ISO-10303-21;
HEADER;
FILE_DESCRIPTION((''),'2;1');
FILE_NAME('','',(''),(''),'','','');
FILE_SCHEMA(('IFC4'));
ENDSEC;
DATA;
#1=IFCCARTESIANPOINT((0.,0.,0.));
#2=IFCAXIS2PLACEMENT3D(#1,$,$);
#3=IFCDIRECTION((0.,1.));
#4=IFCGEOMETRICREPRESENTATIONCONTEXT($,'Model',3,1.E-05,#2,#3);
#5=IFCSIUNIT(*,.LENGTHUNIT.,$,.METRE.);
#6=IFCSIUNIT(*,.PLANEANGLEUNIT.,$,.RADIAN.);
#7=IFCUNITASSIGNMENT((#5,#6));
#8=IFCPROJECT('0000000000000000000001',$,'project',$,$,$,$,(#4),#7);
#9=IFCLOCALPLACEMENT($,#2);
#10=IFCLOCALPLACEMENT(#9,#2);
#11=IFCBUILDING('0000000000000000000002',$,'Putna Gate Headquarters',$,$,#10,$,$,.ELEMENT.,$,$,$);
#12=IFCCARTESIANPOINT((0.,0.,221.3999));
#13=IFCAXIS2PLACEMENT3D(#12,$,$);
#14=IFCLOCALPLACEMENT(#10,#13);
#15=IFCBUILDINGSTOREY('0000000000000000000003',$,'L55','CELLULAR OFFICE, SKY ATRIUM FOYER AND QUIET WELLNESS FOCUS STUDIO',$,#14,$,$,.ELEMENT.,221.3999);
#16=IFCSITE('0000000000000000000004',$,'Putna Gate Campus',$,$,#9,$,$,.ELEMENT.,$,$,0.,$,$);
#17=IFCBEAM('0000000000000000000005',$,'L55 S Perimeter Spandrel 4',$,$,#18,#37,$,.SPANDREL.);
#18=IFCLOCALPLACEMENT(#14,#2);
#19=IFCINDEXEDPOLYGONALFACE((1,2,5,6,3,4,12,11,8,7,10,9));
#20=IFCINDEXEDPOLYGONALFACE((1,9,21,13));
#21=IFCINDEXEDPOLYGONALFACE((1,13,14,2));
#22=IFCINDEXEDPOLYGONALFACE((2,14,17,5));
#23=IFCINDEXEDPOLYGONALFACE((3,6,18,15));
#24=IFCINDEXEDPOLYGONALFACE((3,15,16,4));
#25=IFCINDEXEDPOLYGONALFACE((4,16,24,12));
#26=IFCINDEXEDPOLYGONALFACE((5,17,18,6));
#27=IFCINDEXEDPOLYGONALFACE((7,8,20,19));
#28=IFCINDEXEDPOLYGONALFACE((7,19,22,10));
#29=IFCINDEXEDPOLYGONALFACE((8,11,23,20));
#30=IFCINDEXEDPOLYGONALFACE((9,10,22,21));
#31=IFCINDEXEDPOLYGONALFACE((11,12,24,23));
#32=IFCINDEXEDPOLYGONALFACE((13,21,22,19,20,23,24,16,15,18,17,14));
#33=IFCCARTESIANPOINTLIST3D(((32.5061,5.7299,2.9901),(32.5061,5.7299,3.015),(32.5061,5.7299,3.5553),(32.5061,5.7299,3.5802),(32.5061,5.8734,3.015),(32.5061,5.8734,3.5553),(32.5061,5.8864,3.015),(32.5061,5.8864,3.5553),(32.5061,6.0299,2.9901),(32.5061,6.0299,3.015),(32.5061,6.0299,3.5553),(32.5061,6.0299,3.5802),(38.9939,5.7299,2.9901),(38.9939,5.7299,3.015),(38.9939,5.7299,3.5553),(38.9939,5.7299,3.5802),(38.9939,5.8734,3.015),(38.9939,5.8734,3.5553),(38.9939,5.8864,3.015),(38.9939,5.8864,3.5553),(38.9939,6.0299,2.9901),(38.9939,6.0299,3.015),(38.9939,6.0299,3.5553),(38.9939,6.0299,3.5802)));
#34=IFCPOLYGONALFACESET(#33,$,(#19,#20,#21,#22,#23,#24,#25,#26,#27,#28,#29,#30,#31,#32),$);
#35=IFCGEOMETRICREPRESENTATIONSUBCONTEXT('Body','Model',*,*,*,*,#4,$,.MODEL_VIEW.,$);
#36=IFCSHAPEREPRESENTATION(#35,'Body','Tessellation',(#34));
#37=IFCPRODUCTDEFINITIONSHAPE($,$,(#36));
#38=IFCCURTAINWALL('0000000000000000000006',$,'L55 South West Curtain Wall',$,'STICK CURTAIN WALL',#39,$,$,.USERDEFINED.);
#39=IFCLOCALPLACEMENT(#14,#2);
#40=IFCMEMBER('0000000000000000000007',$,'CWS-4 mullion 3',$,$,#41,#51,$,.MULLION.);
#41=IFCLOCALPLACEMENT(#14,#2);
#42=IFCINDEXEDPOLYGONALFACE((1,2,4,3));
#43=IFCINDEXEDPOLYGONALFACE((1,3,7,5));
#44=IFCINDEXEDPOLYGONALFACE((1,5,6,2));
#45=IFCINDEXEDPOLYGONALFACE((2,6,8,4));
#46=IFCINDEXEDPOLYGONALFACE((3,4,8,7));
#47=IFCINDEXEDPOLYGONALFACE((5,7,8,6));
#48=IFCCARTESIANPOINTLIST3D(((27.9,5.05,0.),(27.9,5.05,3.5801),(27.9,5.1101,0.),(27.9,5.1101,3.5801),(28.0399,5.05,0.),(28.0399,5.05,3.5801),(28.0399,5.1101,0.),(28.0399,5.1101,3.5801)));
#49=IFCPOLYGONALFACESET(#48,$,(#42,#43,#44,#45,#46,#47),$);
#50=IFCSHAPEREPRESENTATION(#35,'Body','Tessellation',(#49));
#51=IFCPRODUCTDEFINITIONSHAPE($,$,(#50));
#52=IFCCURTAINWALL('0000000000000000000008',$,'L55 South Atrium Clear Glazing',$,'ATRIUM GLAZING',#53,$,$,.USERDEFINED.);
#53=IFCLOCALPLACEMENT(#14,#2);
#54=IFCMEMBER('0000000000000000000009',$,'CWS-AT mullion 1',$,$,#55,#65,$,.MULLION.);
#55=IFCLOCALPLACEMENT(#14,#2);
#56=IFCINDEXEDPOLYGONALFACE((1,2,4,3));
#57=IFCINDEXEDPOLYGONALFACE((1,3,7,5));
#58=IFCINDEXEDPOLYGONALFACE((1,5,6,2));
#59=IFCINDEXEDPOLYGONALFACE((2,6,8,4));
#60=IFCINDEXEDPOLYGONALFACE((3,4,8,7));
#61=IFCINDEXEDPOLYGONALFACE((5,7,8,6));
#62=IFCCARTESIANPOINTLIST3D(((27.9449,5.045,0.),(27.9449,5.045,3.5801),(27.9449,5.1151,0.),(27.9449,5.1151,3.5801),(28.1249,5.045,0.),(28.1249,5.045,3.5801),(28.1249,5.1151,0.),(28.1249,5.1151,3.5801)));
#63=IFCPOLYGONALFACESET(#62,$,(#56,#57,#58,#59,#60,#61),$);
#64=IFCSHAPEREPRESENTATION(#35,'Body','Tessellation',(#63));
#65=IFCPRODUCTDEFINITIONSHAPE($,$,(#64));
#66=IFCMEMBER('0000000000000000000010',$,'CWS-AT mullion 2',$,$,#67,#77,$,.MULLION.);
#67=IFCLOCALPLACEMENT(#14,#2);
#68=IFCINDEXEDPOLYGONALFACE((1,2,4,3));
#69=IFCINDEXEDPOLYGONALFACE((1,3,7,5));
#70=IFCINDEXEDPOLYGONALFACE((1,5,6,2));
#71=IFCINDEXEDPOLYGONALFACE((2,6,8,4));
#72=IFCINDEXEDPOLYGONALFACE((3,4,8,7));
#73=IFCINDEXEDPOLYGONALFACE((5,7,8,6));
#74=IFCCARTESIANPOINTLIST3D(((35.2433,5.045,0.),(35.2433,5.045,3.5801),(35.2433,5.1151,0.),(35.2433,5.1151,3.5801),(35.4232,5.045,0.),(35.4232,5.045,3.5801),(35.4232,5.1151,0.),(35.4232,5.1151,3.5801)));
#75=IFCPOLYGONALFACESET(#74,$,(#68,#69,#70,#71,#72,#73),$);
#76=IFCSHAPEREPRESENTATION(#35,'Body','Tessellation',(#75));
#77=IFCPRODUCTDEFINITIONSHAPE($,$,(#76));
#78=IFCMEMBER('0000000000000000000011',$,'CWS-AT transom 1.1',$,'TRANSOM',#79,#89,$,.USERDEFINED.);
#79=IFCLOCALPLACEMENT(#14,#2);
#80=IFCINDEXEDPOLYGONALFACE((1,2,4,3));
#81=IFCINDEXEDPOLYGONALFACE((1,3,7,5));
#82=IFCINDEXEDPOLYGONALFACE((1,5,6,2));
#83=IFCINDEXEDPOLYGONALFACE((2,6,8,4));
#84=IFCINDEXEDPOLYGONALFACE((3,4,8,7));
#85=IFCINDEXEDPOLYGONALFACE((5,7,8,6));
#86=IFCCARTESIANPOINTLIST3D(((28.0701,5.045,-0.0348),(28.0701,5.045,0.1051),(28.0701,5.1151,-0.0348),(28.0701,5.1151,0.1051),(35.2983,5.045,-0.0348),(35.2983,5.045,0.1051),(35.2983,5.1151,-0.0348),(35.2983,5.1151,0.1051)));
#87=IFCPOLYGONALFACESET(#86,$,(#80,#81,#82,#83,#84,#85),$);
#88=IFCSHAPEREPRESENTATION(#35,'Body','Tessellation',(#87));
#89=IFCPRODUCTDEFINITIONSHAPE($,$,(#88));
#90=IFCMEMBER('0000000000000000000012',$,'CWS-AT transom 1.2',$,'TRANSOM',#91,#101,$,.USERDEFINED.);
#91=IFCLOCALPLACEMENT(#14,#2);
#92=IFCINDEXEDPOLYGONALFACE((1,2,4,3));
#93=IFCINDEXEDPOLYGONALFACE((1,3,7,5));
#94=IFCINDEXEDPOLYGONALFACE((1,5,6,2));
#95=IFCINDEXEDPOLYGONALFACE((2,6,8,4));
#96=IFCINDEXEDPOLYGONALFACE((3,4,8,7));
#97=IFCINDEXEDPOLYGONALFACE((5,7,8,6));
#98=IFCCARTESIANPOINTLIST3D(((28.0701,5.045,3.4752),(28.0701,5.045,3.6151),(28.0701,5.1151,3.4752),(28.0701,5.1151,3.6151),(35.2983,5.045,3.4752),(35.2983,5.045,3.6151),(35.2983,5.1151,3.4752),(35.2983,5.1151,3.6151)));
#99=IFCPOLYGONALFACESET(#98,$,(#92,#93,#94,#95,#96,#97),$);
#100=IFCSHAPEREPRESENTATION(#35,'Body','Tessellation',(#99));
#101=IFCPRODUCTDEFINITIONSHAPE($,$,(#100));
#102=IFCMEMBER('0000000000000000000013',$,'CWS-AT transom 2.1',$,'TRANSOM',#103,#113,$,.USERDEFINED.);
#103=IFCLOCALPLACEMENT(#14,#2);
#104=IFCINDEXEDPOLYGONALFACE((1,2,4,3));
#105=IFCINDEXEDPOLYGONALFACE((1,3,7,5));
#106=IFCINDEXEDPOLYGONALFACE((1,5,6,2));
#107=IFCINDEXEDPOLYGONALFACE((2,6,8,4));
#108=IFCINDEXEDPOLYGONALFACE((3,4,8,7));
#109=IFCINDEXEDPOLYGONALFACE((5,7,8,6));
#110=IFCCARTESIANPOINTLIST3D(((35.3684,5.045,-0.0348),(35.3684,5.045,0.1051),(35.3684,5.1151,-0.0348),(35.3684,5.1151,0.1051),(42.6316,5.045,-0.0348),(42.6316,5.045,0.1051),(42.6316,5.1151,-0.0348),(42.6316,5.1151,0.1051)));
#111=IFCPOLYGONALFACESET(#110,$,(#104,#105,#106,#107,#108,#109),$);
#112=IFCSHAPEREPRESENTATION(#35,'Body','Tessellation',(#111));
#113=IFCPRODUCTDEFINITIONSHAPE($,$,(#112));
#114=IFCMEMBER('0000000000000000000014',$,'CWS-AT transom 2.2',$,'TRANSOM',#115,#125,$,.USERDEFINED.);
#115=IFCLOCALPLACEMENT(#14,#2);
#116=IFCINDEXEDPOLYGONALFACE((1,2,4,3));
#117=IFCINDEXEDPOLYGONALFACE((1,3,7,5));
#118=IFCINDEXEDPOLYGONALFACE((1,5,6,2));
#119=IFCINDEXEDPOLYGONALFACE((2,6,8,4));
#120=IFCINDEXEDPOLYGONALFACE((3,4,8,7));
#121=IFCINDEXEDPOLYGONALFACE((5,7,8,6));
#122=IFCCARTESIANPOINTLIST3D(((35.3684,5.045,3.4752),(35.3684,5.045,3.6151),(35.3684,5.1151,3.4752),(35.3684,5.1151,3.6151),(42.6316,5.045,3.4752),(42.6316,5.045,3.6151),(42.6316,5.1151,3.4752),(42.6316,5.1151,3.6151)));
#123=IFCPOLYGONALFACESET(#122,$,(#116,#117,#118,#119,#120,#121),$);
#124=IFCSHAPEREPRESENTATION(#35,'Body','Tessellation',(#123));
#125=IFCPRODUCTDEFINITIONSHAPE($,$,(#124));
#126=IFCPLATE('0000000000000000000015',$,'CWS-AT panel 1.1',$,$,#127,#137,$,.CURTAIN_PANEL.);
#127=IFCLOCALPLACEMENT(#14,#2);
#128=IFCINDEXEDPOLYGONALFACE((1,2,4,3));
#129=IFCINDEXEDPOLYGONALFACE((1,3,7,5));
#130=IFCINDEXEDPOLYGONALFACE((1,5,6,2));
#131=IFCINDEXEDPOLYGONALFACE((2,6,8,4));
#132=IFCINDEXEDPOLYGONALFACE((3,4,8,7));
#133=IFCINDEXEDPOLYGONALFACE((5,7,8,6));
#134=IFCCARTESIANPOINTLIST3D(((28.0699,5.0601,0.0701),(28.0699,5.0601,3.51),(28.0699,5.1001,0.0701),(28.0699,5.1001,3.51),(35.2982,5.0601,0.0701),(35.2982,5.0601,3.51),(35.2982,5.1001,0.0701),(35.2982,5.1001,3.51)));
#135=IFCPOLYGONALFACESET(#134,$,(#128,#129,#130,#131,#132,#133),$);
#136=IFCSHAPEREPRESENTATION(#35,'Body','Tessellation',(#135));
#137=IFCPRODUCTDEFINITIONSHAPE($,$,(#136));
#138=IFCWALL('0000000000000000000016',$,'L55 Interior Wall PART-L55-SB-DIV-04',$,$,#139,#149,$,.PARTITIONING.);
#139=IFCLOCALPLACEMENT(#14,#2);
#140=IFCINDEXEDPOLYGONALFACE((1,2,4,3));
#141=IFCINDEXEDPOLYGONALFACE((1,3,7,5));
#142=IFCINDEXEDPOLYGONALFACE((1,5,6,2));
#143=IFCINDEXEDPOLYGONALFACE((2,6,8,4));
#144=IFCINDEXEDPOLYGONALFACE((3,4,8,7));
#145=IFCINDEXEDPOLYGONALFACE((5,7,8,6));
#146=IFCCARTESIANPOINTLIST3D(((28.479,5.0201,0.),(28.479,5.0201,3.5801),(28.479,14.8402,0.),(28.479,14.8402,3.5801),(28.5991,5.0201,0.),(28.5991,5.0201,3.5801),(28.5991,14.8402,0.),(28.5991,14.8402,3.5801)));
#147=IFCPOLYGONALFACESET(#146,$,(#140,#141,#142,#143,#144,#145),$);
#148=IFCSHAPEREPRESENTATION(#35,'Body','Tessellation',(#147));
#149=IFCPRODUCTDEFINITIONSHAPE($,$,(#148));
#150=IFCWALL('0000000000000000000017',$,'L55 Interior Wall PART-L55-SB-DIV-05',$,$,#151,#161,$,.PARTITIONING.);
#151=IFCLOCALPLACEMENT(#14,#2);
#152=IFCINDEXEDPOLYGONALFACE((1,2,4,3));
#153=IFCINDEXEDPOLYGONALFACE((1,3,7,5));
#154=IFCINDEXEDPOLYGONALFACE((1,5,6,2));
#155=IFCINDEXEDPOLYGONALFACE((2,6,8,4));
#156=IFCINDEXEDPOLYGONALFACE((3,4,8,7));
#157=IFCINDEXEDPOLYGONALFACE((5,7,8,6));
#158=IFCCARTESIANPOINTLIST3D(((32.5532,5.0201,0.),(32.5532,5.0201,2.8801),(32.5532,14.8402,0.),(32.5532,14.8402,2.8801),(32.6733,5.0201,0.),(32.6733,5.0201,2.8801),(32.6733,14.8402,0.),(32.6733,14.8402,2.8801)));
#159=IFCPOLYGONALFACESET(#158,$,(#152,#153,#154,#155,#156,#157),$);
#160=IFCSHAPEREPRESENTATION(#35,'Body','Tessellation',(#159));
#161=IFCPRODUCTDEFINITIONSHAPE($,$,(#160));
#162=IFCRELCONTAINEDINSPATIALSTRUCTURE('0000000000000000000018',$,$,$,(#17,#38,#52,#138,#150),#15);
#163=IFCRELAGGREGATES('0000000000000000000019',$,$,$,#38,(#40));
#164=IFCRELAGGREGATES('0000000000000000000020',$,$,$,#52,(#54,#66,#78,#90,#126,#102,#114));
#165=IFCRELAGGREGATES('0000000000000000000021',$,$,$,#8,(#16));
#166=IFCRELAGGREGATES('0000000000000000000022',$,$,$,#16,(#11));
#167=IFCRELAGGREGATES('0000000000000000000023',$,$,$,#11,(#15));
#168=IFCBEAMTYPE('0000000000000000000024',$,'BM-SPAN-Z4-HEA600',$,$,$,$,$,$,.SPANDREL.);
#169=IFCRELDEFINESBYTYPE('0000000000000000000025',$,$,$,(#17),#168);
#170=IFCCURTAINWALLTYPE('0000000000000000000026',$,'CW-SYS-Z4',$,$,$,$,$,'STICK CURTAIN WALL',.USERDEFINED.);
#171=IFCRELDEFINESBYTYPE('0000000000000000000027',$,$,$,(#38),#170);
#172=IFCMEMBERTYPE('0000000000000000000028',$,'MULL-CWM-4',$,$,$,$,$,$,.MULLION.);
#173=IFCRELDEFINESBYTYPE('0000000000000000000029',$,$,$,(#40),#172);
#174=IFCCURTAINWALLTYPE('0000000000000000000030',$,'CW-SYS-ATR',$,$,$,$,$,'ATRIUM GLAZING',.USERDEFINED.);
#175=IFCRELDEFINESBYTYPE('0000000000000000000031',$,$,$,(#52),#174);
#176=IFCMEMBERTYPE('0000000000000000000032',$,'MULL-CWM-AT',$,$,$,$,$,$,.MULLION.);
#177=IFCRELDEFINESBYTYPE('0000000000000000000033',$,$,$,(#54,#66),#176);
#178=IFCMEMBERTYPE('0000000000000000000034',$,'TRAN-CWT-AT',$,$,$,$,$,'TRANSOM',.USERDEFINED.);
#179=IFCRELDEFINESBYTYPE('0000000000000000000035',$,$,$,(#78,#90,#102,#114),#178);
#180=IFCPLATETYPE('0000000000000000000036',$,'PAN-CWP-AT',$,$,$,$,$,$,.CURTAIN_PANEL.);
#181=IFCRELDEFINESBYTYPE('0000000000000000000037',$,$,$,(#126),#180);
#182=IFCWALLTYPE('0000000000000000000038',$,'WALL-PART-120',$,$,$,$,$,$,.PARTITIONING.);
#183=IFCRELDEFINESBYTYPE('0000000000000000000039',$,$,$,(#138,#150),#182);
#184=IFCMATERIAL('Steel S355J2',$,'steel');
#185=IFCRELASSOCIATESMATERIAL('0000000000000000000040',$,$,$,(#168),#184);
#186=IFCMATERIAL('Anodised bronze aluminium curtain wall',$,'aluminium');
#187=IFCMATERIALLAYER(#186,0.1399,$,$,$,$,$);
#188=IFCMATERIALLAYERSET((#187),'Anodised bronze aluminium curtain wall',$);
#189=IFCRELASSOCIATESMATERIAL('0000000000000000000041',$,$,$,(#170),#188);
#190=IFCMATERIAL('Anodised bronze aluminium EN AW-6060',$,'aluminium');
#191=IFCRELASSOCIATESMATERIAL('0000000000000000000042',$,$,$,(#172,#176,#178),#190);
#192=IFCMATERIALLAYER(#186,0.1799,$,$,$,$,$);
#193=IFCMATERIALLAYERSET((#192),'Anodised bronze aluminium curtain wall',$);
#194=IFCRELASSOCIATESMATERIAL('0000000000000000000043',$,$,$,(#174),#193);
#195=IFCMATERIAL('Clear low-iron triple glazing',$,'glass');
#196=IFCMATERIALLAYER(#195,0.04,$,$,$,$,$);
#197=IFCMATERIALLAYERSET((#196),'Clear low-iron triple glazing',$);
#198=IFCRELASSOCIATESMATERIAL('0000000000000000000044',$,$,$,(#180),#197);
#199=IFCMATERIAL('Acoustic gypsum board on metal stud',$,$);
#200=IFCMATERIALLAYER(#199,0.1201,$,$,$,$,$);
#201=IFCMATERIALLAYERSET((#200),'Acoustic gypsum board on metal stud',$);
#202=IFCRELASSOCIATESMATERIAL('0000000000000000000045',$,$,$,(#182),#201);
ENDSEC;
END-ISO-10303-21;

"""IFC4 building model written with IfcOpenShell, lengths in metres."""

from ifc_helpers import new_model, si_unit, direction, frame, frame_2d, origin, origin_2d, place, context, subcontext, project, spatial, rectangle, i_section, extrude, material, layer, layer_set, material_profile, profile_set, type_object, element, aggregate, save


model = new_model("IFC4")

# Units and contexts
model_context = context("Model", 3, precision=1e-05, world=origin(), true_north=direction((0.0, 1.0)))
body_context = subcontext(model_context, "Body", "Model", "MODEL_VIEW")
ifc_project = project(units=[si_unit("LENGTHUNIT", "METRE"), si_unit("PLANEANGLEUNIT", "RADIAN")], contexts=[model_context])

# Site, building, storey
site_placement = place(None, origin())
site = spatial("IfcSite", under=ifc_project, at=site_placement, Name="Putna Gate Campus", CompositionType="ELEMENT", RefElevation=0.0)
building_placement = place(site_placement, origin())
building = spatial("IfcBuilding", under=site, at=building_placement, Name="Putna Gate Headquarters", CompositionType="ELEMENT")
storey_placement = place(building_placement, frame((0.0, 0.0, 221.3999)))
storey = spatial("IfcBuildingStorey", under=building, at=storey_placement, Name="L55", Description="CELLULAR OFFICE, SKY ATRIUM FOYER AND QUIET WELLNESS FOCUS STUDIO", CompositionType="ELEMENT", Elevation=221.3999)

# Beam
ifc_material_1 = material(Name="Steel S355J2", Category="steel")
ifc_material_profile_1 = material_profile(ifc_material_1, i_section(OverallWidth=0.3, OverallDepth=0.5901, WebThickness=0.0129, FlangeThickness=0.0249, at=origin_2d()), Name="Steel S355J2")
ifc_profile_set_1 = profile_set([ifc_material_profile_1], Name="Steel S355J2")
beam_type_1 = type_object("IfcBeamType", Name="BM-SPAN-Z4-HEA600", PredefinedType="SPANDREL", material=ifc_profile_set_1)
beam_1_placement = place(storey_placement, frame((32.5061, 5.8799, 3.2852), z_axis=(1.0, 0.0, 0.0), x_axis=(0.0, 1.0, 0.0)))
element("IfcBeam", 1, at=beam_1_placement, inside=storey, type_object=beam_type_1, Name="L55 S Perimeter Spandrel 4", PredefinedType="SPANDREL", context=body_context, shape_type="SweptSolid", body=[
    extrude(i_section(OverallWidth=0.3, OverallDepth=0.5901, WebThickness=0.0129, FlangeThickness=0.0249, at=origin_2d()), origin(), (0.0, 0.0, 1.0), 6.4878),
])

# Curtain wall, member
ifc_material_2 = material(Name="Anodised bronze aluminium curtain wall", Category="aluminium")
ifc_layer_1 = layer(ifc_material_2, 0.1399)
ifc_layer_set_1 = layer_set([ifc_layer_1], Name="Anodised bronze aluminium curtain wall")
curtain_wall_type_1 = type_object("IfcCurtainWallType", Name="CW-SYS-Z4", ElementType="STICK CURTAIN WALL", PredefinedType="USERDEFINED", material=ifc_layer_set_1)
curtain_wall_1_placement = place(storey_placement, origin())
curtain_wall_1 = element("IfcCurtainWall", 2, at=curtain_wall_1_placement, inside=storey, type_object=curtain_wall_type_1, Name="L55 South West Curtain Wall", ObjectType="STICK CURTAIN WALL", PredefinedType="USERDEFINED")
ifc_material_3 = material(Name="Anodised bronze aluminium EN AW-6060", Category="aluminium")
ifc_material_profile_2 = material_profile(ifc_material_3, rectangle(XDim=0.0601, YDim=0.1399, at=origin_2d()), Name="Anodised bronze aluminium EN AW-6060")
ifc_profile_set_2 = profile_set([ifc_material_profile_2], Name="Anodised bronze aluminium EN AW-6060")
member_type_1 = type_object("IfcMemberType", Name="MULL-CWM-4", PredefinedType="MULLION", material=ifc_profile_set_2)
member_1_placement = place(storey_placement, frame((27.97, 5.0801, 0.0), z_axis=(0.0, 0.0, 1.0), x_axis=(0.0, 1.0, 0.0)))
member_1 = element("IfcMember", 3, at=member_1_placement, type_object=member_type_1, Name="CWS-4 mullion 3", PredefinedType="MULLION", context=body_context, shape_type="SweptSolid", body=[
    extrude(rectangle(XDim=0.0601, YDim=0.1399, at=origin_2d()), origin(), (0.0, 0.0, 1.0), 3.5801),
])
aggregate(curtain_wall_1, [member_1])

# Curtain wall, members, plate
ifc_layer_2 = layer(ifc_material_2, 0.1799)
ifc_layer_set_2 = layer_set([ifc_layer_2], Name="Anodised bronze aluminium curtain wall")
curtain_wall_type_2 = type_object("IfcCurtainWallType", Name="CW-SYS-ATR", ElementType="ATRIUM GLAZING", PredefinedType="USERDEFINED", material=ifc_layer_set_2)
curtain_wall_2_placement = place(storey_placement, origin())
curtain_wall_2 = element("IfcCurtainWall", 4, at=curtain_wall_2_placement, inside=storey, type_object=curtain_wall_type_2, Name="L55 South Atrium Clear Glazing", ObjectType="ATRIUM GLAZING", PredefinedType="USERDEFINED")
ifc_material_profile_3 = material_profile(ifc_material_3, rectangle(XDim=0.0701, YDim=0.1799, at=origin_2d()), Name="Anodised bronze aluminium EN AW-6060")
ifc_profile_set_3 = profile_set([ifc_material_profile_3], Name="Anodised bronze aluminium EN AW-6060")
member_type_2 = type_object("IfcMemberType", Name="MULL-CWM-AT", PredefinedType="MULLION", material=ifc_profile_set_3)
member_2_placement = place(storey_placement, frame((28.0349, 5.0801, 0.0), z_axis=(0.0, 0.0, 1.0), x_axis=(0.0, 1.0, 0.0)))
member_2 = element("IfcMember", 5, at=member_2_placement, type_object=member_type_2, Name="CWS-AT mullion 1", PredefinedType="MULLION", context=body_context, shape_type="SweptSolid", body=[
    extrude(rectangle(XDim=0.0701, YDim=0.1799, at=origin_2d()), origin(), (0.0, 0.0, 1.0), 3.5801),
])
member_3_placement = place(storey_placement, frame((35.3333, 5.0801, 0.0), z_axis=(0.0, 0.0, 1.0), x_axis=(0.0, 1.0, 0.0)))
member_3 = element("IfcMember", 6, at=member_3_placement, type_object=member_type_2, Name="CWS-AT mullion 2", PredefinedType="MULLION", context=body_context, shape_type="SweptSolid", body=[
    extrude(rectangle(XDim=0.0701, YDim=0.1799, at=origin_2d()), origin(), (0.0, 0.0, 1.0), 3.5801),
])
ifc_material_profile_4 = material_profile(ifc_material_3, rectangle(XDim=0.0701, YDim=0.1399, at=origin_2d()), Name="Anodised bronze aluminium EN AW-6060")
ifc_profile_set_4 = profile_set([ifc_material_profile_4], Name="Anodised bronze aluminium EN AW-6060")
member_type_3 = type_object("IfcMemberType", Name="TRAN-CWT-AT", ElementType="TRANSOM", PredefinedType="USERDEFINED", material=ifc_profile_set_4)
member_4_placement = place(storey_placement, frame((28.0701, 5.0801, 0.0352), z_axis=(1.0, 0.0, 0.0), x_axis=(0.0, 1.0, 0.0)))
member_4 = element("IfcMember", 7, at=member_4_placement, type_object=member_type_3, Name="CWS-AT transom 1.1", ObjectType="TRANSOM", PredefinedType="USERDEFINED", context=body_context, shape_type="SweptSolid", body=[
    extrude(rectangle(XDim=0.0701, YDim=0.1399, at=origin_2d()), origin(), (0.0, 0.0, 1.0), 7.2283),
])
member_5_placement = place(storey_placement, frame((28.0701, 5.0801, 3.5452), z_axis=(1.0, 0.0, 0.0), x_axis=(0.0, 1.0, 0.0)))
member_5 = element("IfcMember", 8, at=member_5_placement, type_object=member_type_3, Name="CWS-AT transom 1.2", ObjectType="TRANSOM", PredefinedType="USERDEFINED", context=body_context, shape_type="SweptSolid", body=[
    extrude(rectangle(XDim=0.0701, YDim=0.1399, at=origin_2d()), origin(), (0.0, 0.0, 1.0), 7.2283),
])
member_6_placement = place(storey_placement, frame((35.3684, 5.0801, 0.0352), z_axis=(1.0, 0.0, 0.0), x_axis=(0.0, 1.0, 0.0)))
member_6 = element("IfcMember", 9, at=member_6_placement, type_object=member_type_3, Name="CWS-AT transom 2.1", ObjectType="TRANSOM", PredefinedType="USERDEFINED", context=body_context, shape_type="SweptSolid", body=[
    extrude(rectangle(XDim=0.0701, YDim=0.1399, at=origin_2d()), origin(), (0.0, 0.0, 1.0), 7.2632),
])
member_7_placement = place(storey_placement, frame((35.3684, 5.0801, 3.5452), z_axis=(1.0, 0.0, 0.0), x_axis=(0.0, 1.0, 0.0)))
member_7 = element("IfcMember", 10, at=member_7_placement, type_object=member_type_3, Name="CWS-AT transom 2.2", ObjectType="TRANSOM", PredefinedType="USERDEFINED", context=body_context, shape_type="SweptSolid", body=[
    extrude(rectangle(XDim=0.0701, YDim=0.1399, at=origin_2d()), origin(), (0.0, 0.0, 1.0), 7.2632),
])
ifc_material_4 = material(Name="Clear low-iron triple glazing", Category="glass")
ifc_layer_3 = layer(ifc_material_4, 0.04)
ifc_layer_set_3 = layer_set([ifc_layer_3], Name="Clear low-iron triple glazing")
plate_type = type_object("IfcPlateType", Name="PAN-CWP-AT", PredefinedType="CURTAIN_PANEL", material=ifc_layer_set_3)
plate_placement = place(storey_placement, frame((31.6841, 5.0801, 0.0701), z_axis=(0.0, 0.0, 1.0), x_axis=(1.0, 0.0, 0.0)))
plate = element("IfcPlate", 11, at=plate_placement, type_object=plate_type, Name="CWS-AT panel 1.1", PredefinedType="CURTAIN_PANEL", context=body_context, shape_type="SweptSolid", body=[
    extrude(rectangle(XDim=7.2283, YDim=0.04, at=origin_2d()), origin(), (0.0, 0.0, 1.0), 3.4399),
])
aggregate(curtain_wall_2, [member_2, member_3, member_4, member_5, plate, member_6, member_7])

# Walls
ifc_material_5 = material(Name="Acoustic gypsum board on metal stud")
ifc_layer_4 = layer(ifc_material_5, 0.1201)
ifc_layer_set_4 = layer_set([ifc_layer_4], Name="Acoustic gypsum board on metal stud")
wall_type_1 = type_object("IfcWallType", Name="WALL-PART-120", PredefinedType="PARTITIONING", material=ifc_layer_set_4)
wall_1_placement = place(storey_placement, frame((28.5391, 5.02, 0.0), z_axis=(0.0, 0.0, 1.0), x_axis=(0.0, 1.0, 0.0)))
element("IfcWall", 12, at=wall_1_placement, inside=storey, type_object=wall_type_1, Name="L55 Interior Wall PART-L55-SB-DIV-04", PredefinedType="PARTITIONING", context=body_context, shape_type="SweptSolid", body=[
    extrude(rectangle(XDim=9.8201, YDim=0.1201, at=frame_2d((4.9102, 0.0))), origin(), (0.0, 0.0, 1.0), 3.5801),
])
wall_2_placement = place(storey_placement, frame((32.6133, 5.02, 0.0), z_axis=(0.0, 0.0, 1.0), x_axis=(0.0, 1.0, 0.0)))
element("IfcWall", 13, at=wall_2_placement, inside=storey, type_object=wall_type_1, Name="L55 Interior Wall PART-L55-SB-DIV-05", PredefinedType="PARTITIONING", context=body_context, shape_type="SweptSolid", body=[
    extrude(rectangle(XDim=9.8201, YDim=0.1201, at=frame_2d((4.9102, 0.0))), origin(), (0.0, 0.0, 1.0), 2.8801),
])

save(model, "model.ifc")
